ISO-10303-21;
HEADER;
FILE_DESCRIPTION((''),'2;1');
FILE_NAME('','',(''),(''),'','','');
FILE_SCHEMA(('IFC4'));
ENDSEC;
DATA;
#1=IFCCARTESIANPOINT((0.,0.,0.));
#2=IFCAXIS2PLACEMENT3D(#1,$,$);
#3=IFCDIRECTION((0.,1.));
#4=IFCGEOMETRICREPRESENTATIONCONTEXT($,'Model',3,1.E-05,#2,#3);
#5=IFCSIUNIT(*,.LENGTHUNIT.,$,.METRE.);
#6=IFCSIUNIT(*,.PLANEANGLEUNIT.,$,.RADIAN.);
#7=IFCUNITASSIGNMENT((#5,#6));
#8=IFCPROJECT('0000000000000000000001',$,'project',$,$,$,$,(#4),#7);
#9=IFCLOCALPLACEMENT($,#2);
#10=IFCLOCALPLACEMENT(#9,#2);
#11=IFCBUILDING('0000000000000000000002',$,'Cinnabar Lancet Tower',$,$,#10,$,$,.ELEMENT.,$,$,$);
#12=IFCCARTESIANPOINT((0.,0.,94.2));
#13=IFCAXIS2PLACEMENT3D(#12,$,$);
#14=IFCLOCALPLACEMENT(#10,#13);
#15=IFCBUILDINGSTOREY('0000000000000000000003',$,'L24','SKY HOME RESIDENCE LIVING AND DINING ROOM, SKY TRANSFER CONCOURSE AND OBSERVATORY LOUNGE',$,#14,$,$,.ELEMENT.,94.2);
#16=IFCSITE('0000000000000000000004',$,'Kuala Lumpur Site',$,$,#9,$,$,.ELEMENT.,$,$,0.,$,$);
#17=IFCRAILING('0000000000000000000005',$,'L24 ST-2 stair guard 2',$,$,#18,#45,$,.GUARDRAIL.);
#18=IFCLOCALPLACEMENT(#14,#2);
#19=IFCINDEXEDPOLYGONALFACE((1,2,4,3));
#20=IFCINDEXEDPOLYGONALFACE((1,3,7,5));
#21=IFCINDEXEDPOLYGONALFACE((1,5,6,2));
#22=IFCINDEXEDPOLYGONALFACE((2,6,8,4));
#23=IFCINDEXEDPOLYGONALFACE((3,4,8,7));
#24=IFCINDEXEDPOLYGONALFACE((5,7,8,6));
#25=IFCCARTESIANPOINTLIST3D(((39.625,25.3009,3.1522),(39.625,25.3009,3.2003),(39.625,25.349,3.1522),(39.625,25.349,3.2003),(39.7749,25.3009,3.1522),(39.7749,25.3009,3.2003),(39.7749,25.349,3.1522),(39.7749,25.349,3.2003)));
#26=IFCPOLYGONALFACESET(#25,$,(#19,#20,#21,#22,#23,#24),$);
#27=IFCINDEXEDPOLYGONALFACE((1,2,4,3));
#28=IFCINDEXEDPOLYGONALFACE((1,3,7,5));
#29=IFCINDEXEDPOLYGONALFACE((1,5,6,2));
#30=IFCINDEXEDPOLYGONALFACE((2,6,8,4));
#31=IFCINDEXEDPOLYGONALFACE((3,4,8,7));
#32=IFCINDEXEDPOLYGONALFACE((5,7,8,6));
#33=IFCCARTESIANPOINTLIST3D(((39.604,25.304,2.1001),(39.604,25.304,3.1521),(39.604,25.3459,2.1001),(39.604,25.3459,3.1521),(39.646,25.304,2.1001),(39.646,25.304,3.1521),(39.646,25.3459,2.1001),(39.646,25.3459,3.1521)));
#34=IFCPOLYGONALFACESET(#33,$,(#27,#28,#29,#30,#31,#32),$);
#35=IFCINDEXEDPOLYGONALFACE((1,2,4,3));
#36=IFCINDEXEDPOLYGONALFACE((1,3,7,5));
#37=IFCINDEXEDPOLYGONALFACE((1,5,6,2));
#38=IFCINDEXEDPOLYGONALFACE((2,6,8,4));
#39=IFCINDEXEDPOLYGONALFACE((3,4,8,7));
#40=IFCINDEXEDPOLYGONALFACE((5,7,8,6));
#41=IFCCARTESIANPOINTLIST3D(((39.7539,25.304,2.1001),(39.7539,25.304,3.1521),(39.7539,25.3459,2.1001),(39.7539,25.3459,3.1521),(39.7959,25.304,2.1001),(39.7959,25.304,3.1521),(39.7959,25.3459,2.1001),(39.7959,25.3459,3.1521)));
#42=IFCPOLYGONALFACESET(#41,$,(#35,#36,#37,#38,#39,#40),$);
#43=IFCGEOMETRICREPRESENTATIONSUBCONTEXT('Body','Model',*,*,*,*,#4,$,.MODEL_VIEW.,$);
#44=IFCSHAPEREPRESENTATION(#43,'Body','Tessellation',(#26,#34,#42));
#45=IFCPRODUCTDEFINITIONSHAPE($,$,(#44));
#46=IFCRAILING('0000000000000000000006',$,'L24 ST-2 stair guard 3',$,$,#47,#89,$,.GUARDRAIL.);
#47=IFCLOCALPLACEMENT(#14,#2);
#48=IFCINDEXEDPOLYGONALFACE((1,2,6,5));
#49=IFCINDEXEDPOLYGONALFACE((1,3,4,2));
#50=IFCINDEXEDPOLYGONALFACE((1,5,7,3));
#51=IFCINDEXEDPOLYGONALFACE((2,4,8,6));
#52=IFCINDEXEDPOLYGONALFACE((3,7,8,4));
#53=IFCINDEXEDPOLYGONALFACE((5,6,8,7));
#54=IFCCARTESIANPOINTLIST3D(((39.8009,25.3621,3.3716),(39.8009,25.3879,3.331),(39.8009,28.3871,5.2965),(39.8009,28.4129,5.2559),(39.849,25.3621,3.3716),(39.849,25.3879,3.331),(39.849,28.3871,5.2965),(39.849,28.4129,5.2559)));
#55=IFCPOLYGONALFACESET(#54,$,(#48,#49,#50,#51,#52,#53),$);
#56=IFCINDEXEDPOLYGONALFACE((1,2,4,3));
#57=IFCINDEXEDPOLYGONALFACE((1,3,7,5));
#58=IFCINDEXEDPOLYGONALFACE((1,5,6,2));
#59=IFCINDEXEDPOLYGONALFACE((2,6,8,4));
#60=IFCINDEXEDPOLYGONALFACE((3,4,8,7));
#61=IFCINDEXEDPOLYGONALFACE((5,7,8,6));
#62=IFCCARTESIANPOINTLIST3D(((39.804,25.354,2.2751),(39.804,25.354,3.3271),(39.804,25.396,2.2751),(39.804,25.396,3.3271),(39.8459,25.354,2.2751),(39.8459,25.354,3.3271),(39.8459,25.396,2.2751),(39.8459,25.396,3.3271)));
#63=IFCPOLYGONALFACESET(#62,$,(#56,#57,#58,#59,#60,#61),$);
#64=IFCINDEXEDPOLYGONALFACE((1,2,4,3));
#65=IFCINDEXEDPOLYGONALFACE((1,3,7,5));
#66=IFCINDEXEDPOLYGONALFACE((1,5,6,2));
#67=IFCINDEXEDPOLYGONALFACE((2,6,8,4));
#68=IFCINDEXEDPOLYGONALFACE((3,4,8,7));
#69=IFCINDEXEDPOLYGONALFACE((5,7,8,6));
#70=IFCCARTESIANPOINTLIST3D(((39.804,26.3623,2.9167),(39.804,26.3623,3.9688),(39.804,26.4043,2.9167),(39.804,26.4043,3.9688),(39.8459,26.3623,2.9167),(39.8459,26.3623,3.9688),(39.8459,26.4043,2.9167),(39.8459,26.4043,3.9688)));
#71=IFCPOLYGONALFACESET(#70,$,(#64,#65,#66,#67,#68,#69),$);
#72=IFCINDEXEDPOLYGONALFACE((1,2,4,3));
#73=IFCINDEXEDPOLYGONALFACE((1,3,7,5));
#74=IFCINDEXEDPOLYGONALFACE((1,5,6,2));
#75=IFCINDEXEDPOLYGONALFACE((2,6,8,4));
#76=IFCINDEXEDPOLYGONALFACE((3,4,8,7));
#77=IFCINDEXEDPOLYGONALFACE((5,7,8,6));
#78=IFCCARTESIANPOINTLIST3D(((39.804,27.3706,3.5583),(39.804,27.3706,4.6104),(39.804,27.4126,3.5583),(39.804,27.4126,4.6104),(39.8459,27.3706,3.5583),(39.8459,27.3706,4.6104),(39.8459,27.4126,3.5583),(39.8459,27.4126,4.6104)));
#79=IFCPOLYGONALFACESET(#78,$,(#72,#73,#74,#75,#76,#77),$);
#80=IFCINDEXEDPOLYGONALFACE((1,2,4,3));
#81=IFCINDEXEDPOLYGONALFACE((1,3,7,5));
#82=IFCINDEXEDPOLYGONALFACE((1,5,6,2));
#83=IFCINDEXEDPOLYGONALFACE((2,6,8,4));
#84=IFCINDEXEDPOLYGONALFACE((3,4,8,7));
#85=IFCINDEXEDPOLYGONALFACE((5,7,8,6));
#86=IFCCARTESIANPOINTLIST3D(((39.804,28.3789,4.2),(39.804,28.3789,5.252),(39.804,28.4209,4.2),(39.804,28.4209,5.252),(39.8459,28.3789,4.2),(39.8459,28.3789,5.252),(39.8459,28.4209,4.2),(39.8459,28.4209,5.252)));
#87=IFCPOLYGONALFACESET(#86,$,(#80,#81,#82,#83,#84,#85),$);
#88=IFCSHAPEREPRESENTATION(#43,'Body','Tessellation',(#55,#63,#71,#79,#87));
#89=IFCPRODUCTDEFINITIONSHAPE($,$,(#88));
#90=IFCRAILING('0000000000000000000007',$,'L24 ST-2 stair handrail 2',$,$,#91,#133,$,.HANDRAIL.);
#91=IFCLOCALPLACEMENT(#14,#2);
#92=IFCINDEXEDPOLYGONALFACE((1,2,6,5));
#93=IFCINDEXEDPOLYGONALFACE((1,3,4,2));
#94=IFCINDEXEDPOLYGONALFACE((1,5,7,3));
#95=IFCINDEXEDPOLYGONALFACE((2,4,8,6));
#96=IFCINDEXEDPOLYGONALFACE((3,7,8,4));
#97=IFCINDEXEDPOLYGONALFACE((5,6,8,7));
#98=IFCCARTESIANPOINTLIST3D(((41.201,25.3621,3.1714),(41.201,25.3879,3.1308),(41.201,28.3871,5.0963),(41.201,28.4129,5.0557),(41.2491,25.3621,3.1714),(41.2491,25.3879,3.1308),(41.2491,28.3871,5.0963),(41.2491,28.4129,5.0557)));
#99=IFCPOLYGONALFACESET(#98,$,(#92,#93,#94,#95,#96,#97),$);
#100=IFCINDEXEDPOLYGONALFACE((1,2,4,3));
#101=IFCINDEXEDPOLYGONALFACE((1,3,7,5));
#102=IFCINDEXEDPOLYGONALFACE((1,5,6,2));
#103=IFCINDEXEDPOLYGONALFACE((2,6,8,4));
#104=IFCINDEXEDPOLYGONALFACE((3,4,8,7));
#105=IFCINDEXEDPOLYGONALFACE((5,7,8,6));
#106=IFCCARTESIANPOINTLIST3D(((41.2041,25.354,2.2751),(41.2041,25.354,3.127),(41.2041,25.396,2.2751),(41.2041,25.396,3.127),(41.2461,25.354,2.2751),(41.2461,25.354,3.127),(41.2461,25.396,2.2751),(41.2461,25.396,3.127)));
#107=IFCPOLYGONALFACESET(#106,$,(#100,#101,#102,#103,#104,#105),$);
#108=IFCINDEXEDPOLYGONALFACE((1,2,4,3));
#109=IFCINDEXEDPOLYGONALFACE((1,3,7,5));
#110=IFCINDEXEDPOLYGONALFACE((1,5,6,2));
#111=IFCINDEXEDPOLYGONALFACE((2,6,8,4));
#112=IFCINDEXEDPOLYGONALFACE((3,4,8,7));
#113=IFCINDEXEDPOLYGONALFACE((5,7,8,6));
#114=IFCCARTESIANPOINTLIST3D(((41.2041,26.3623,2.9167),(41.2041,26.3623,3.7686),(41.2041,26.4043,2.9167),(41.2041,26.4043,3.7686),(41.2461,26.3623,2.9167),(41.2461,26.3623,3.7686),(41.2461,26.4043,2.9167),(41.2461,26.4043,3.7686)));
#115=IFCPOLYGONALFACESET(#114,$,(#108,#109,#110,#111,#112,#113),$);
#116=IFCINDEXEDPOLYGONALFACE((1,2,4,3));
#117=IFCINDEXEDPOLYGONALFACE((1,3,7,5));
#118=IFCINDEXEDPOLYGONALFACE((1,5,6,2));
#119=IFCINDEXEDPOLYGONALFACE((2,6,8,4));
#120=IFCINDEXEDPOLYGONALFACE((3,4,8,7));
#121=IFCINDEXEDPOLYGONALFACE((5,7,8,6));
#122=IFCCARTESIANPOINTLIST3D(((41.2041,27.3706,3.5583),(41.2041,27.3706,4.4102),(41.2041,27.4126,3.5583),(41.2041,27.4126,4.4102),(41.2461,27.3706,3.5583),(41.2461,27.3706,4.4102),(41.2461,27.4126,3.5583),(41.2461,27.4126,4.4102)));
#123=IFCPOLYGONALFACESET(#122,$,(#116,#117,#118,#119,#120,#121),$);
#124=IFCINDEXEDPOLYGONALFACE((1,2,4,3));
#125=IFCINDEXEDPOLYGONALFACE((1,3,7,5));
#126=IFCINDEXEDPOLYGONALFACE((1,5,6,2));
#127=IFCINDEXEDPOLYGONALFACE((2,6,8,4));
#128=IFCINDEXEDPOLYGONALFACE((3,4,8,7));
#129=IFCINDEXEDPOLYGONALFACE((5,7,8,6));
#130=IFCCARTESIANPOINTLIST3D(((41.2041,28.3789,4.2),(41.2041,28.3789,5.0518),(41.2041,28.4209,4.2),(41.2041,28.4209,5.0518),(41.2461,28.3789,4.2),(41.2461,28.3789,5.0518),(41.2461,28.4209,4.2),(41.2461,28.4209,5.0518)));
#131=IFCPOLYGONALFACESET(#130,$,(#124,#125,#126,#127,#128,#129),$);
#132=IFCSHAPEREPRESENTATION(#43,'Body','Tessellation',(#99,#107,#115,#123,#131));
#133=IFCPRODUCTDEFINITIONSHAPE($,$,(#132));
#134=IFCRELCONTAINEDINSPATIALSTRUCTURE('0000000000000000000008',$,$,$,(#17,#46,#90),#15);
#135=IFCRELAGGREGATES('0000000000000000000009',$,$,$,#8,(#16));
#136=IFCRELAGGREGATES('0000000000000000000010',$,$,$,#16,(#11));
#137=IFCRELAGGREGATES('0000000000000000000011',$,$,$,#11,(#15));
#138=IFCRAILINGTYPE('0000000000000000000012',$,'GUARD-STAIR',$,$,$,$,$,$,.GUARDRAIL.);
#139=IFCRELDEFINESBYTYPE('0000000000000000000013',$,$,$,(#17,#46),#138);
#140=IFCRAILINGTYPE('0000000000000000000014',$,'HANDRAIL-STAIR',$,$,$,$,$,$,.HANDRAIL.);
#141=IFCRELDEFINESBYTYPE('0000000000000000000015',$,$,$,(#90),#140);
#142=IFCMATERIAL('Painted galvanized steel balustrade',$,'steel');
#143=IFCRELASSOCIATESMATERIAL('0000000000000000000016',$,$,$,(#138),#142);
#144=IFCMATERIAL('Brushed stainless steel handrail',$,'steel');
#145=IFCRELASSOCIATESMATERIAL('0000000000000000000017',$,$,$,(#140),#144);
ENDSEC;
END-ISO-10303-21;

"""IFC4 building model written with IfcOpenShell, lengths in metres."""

from ifc_helpers import new_model, si_unit, direction, frame, origin, origin_2d, place, context, subcontext, project, spatial, rectangle, extrude, material, type_object, element, save


model = new_model("IFC4")

# Units and contexts
model_context = context("Model", 3, precision=1e-05, world=origin(), true_north=direction((0.0, 1.0)))
body_context = subcontext(model_context, "Body", "Model", "MODEL_VIEW")
ifc_project = project(units=[si_unit("LENGTHUNIT", "METRE"), si_unit("PLANEANGLEUNIT", "RADIAN")], contexts=[model_context])

# Site, building, storey
site_placement = place(None, origin())
site = spatial("IfcSite", under=ifc_project, at=site_placement, Name="Kuala Lumpur Site", CompositionType="ELEMENT", RefElevation=0.0)
building_placement = place(site_placement, origin())
building = spatial("IfcBuilding", under=site, at=building_placement, Name="Cinnabar Lancet Tower", CompositionType="ELEMENT")
storey_placement = place(building_placement, frame((0.0, 0.0, 94.2)))
storey = spatial("IfcBuildingStorey", under=building, at=storey_placement, Name="L24", Description="SKY HOME RESIDENCE LIVING AND DINING ROOM, SKY TRANSFER CONCOURSE AND OBSERVATORY LOUNGE", CompositionType="ELEMENT", Elevation=94.2)

# Railings
ifc_material_1 = material(Name="Painted galvanized steel balustrade", Category="steel")
railing_type_1 = type_object("IfcRailingType", Name="GUARD-STAIR", PredefinedType="GUARDRAIL", material=ifc_material_1)
railing_1_placement = place(storey_placement, frame((39.625, 25.325, 2.1001)))
element("IfcRailing", 1, at=railing_1_placement, inside=storey, type_object=railing_type_1, Name="L24 ST-2 stair guard 2", PredefinedType="GUARDRAIL", context=body_context, shape_type="SweptSolid", body=[
    extrude(rectangle(XDim=0.0481, YDim=0.0481, at=origin_2d()), frame((0.0, 0.0, 1.0762), z_axis=(1.0, 0.0, 0.0), x_axis=(0.0, 1.0, 0.0)), (0.0, 0.0, 1.0), 0.1499),
    extrude(rectangle(XDim=0.042, YDim=0.042, at=origin_2d()), origin(), (0.0, 0.0, 1.0), 1.052),
    extrude(rectangle(XDim=0.042, YDim=0.042, at=origin_2d()), frame((0.1499, 0.0, 0.0)), (0.0, 0.0, 1.0), 1.052),
])
railing_2_placement = place(storey_placement, frame((39.825, 25.375, 2.2751)))
element("IfcRailing", 2, at=railing_2_placement, inside=storey, type_object=railing_type_1, Name="L24 ST-2 stair guard 3", PredefinedType="GUARDRAIL", context=body_context, shape_type="SweptSolid", body=[
    extrude(rectangle(XDim=0.0481, YDim=0.0481, at=origin_2d()), frame((0.0, 0.0, 1.0762), z_axis=(0.0, 0.843678, 0.536849), x_axis=(-1.0, 0.0, 0.0)), (0.0, 0.0, 1.0), 3.5854),
    extrude(rectangle(XDim=0.042, YDim=0.042, at=origin_2d()), origin(), (0.0, 0.0, 1.0), 1.052),
    extrude(rectangle(XDim=0.042, YDim=0.042, at=origin_2d()), frame((0.0, 1.0083, 0.6416)), (0.0, 0.0, 1.0), 1.052),
    extrude(rectangle(XDim=0.042, YDim=0.042, at=origin_2d()), frame((0.0, 2.0166, 1.2832)), (0.0, 0.0, 1.0), 1.052),
    extrude(rectangle(XDim=0.042, YDim=0.042, at=origin_2d()), frame((0.0, 3.0249, 1.9248)), (0.0, 0.0, 1.0), 1.052),
])
ifc_material_2 = material(Name="Brushed stainless steel handrail", Category="steel")
railing_type_2 = type_object("IfcRailingType", Name="HANDRAIL-STAIR", PredefinedType="HANDRAIL", material=ifc_material_2)
railing_3_placement = place(storey_placement, frame((41.2251, 25.375, 2.2751)))
element("IfcRailing", 3, at=railing_3_placement, inside=storey, type_object=railing_type_2, Name="L24 ST-2 stair handrail 2", PredefinedType="HANDRAIL", context=body_context, shape_type="SweptSolid", body=[
    extrude(rectangle(XDim=0.0481, YDim=0.0481, at=origin_2d()), frame((0.0, 0.0, 0.876), z_axis=(0.0, 0.843678, 0.536849), x_axis=(-1.0, 0.0, 0.0)), (0.0, 0.0, 1.0), 3.5854),
    extrude(rectangle(XDim=0.042, YDim=0.042, at=origin_2d()), origin(), (0.0, 0.0, 1.0), 0.8518),
    extrude(rectangle(XDim=0.042, YDim=0.042, at=origin_2d()), frame((0.0, 1.0083, 0.6416)), (0.0, 0.0, 1.0), 0.8518),
    extrude(rectangle(XDim=0.042, YDim=0.042, at=origin_2d()), frame((0.0, 2.0166, 1.2832)), (0.0, 0.0, 1.0), 0.8518),
    extrude(rectangle(XDim=0.042, YDim=0.042, at=origin_2d()), frame((0.0, 3.0249, 1.9248)), (0.0, 0.0, 1.0), 0.8518),
])

save(model, "model.ifc")
